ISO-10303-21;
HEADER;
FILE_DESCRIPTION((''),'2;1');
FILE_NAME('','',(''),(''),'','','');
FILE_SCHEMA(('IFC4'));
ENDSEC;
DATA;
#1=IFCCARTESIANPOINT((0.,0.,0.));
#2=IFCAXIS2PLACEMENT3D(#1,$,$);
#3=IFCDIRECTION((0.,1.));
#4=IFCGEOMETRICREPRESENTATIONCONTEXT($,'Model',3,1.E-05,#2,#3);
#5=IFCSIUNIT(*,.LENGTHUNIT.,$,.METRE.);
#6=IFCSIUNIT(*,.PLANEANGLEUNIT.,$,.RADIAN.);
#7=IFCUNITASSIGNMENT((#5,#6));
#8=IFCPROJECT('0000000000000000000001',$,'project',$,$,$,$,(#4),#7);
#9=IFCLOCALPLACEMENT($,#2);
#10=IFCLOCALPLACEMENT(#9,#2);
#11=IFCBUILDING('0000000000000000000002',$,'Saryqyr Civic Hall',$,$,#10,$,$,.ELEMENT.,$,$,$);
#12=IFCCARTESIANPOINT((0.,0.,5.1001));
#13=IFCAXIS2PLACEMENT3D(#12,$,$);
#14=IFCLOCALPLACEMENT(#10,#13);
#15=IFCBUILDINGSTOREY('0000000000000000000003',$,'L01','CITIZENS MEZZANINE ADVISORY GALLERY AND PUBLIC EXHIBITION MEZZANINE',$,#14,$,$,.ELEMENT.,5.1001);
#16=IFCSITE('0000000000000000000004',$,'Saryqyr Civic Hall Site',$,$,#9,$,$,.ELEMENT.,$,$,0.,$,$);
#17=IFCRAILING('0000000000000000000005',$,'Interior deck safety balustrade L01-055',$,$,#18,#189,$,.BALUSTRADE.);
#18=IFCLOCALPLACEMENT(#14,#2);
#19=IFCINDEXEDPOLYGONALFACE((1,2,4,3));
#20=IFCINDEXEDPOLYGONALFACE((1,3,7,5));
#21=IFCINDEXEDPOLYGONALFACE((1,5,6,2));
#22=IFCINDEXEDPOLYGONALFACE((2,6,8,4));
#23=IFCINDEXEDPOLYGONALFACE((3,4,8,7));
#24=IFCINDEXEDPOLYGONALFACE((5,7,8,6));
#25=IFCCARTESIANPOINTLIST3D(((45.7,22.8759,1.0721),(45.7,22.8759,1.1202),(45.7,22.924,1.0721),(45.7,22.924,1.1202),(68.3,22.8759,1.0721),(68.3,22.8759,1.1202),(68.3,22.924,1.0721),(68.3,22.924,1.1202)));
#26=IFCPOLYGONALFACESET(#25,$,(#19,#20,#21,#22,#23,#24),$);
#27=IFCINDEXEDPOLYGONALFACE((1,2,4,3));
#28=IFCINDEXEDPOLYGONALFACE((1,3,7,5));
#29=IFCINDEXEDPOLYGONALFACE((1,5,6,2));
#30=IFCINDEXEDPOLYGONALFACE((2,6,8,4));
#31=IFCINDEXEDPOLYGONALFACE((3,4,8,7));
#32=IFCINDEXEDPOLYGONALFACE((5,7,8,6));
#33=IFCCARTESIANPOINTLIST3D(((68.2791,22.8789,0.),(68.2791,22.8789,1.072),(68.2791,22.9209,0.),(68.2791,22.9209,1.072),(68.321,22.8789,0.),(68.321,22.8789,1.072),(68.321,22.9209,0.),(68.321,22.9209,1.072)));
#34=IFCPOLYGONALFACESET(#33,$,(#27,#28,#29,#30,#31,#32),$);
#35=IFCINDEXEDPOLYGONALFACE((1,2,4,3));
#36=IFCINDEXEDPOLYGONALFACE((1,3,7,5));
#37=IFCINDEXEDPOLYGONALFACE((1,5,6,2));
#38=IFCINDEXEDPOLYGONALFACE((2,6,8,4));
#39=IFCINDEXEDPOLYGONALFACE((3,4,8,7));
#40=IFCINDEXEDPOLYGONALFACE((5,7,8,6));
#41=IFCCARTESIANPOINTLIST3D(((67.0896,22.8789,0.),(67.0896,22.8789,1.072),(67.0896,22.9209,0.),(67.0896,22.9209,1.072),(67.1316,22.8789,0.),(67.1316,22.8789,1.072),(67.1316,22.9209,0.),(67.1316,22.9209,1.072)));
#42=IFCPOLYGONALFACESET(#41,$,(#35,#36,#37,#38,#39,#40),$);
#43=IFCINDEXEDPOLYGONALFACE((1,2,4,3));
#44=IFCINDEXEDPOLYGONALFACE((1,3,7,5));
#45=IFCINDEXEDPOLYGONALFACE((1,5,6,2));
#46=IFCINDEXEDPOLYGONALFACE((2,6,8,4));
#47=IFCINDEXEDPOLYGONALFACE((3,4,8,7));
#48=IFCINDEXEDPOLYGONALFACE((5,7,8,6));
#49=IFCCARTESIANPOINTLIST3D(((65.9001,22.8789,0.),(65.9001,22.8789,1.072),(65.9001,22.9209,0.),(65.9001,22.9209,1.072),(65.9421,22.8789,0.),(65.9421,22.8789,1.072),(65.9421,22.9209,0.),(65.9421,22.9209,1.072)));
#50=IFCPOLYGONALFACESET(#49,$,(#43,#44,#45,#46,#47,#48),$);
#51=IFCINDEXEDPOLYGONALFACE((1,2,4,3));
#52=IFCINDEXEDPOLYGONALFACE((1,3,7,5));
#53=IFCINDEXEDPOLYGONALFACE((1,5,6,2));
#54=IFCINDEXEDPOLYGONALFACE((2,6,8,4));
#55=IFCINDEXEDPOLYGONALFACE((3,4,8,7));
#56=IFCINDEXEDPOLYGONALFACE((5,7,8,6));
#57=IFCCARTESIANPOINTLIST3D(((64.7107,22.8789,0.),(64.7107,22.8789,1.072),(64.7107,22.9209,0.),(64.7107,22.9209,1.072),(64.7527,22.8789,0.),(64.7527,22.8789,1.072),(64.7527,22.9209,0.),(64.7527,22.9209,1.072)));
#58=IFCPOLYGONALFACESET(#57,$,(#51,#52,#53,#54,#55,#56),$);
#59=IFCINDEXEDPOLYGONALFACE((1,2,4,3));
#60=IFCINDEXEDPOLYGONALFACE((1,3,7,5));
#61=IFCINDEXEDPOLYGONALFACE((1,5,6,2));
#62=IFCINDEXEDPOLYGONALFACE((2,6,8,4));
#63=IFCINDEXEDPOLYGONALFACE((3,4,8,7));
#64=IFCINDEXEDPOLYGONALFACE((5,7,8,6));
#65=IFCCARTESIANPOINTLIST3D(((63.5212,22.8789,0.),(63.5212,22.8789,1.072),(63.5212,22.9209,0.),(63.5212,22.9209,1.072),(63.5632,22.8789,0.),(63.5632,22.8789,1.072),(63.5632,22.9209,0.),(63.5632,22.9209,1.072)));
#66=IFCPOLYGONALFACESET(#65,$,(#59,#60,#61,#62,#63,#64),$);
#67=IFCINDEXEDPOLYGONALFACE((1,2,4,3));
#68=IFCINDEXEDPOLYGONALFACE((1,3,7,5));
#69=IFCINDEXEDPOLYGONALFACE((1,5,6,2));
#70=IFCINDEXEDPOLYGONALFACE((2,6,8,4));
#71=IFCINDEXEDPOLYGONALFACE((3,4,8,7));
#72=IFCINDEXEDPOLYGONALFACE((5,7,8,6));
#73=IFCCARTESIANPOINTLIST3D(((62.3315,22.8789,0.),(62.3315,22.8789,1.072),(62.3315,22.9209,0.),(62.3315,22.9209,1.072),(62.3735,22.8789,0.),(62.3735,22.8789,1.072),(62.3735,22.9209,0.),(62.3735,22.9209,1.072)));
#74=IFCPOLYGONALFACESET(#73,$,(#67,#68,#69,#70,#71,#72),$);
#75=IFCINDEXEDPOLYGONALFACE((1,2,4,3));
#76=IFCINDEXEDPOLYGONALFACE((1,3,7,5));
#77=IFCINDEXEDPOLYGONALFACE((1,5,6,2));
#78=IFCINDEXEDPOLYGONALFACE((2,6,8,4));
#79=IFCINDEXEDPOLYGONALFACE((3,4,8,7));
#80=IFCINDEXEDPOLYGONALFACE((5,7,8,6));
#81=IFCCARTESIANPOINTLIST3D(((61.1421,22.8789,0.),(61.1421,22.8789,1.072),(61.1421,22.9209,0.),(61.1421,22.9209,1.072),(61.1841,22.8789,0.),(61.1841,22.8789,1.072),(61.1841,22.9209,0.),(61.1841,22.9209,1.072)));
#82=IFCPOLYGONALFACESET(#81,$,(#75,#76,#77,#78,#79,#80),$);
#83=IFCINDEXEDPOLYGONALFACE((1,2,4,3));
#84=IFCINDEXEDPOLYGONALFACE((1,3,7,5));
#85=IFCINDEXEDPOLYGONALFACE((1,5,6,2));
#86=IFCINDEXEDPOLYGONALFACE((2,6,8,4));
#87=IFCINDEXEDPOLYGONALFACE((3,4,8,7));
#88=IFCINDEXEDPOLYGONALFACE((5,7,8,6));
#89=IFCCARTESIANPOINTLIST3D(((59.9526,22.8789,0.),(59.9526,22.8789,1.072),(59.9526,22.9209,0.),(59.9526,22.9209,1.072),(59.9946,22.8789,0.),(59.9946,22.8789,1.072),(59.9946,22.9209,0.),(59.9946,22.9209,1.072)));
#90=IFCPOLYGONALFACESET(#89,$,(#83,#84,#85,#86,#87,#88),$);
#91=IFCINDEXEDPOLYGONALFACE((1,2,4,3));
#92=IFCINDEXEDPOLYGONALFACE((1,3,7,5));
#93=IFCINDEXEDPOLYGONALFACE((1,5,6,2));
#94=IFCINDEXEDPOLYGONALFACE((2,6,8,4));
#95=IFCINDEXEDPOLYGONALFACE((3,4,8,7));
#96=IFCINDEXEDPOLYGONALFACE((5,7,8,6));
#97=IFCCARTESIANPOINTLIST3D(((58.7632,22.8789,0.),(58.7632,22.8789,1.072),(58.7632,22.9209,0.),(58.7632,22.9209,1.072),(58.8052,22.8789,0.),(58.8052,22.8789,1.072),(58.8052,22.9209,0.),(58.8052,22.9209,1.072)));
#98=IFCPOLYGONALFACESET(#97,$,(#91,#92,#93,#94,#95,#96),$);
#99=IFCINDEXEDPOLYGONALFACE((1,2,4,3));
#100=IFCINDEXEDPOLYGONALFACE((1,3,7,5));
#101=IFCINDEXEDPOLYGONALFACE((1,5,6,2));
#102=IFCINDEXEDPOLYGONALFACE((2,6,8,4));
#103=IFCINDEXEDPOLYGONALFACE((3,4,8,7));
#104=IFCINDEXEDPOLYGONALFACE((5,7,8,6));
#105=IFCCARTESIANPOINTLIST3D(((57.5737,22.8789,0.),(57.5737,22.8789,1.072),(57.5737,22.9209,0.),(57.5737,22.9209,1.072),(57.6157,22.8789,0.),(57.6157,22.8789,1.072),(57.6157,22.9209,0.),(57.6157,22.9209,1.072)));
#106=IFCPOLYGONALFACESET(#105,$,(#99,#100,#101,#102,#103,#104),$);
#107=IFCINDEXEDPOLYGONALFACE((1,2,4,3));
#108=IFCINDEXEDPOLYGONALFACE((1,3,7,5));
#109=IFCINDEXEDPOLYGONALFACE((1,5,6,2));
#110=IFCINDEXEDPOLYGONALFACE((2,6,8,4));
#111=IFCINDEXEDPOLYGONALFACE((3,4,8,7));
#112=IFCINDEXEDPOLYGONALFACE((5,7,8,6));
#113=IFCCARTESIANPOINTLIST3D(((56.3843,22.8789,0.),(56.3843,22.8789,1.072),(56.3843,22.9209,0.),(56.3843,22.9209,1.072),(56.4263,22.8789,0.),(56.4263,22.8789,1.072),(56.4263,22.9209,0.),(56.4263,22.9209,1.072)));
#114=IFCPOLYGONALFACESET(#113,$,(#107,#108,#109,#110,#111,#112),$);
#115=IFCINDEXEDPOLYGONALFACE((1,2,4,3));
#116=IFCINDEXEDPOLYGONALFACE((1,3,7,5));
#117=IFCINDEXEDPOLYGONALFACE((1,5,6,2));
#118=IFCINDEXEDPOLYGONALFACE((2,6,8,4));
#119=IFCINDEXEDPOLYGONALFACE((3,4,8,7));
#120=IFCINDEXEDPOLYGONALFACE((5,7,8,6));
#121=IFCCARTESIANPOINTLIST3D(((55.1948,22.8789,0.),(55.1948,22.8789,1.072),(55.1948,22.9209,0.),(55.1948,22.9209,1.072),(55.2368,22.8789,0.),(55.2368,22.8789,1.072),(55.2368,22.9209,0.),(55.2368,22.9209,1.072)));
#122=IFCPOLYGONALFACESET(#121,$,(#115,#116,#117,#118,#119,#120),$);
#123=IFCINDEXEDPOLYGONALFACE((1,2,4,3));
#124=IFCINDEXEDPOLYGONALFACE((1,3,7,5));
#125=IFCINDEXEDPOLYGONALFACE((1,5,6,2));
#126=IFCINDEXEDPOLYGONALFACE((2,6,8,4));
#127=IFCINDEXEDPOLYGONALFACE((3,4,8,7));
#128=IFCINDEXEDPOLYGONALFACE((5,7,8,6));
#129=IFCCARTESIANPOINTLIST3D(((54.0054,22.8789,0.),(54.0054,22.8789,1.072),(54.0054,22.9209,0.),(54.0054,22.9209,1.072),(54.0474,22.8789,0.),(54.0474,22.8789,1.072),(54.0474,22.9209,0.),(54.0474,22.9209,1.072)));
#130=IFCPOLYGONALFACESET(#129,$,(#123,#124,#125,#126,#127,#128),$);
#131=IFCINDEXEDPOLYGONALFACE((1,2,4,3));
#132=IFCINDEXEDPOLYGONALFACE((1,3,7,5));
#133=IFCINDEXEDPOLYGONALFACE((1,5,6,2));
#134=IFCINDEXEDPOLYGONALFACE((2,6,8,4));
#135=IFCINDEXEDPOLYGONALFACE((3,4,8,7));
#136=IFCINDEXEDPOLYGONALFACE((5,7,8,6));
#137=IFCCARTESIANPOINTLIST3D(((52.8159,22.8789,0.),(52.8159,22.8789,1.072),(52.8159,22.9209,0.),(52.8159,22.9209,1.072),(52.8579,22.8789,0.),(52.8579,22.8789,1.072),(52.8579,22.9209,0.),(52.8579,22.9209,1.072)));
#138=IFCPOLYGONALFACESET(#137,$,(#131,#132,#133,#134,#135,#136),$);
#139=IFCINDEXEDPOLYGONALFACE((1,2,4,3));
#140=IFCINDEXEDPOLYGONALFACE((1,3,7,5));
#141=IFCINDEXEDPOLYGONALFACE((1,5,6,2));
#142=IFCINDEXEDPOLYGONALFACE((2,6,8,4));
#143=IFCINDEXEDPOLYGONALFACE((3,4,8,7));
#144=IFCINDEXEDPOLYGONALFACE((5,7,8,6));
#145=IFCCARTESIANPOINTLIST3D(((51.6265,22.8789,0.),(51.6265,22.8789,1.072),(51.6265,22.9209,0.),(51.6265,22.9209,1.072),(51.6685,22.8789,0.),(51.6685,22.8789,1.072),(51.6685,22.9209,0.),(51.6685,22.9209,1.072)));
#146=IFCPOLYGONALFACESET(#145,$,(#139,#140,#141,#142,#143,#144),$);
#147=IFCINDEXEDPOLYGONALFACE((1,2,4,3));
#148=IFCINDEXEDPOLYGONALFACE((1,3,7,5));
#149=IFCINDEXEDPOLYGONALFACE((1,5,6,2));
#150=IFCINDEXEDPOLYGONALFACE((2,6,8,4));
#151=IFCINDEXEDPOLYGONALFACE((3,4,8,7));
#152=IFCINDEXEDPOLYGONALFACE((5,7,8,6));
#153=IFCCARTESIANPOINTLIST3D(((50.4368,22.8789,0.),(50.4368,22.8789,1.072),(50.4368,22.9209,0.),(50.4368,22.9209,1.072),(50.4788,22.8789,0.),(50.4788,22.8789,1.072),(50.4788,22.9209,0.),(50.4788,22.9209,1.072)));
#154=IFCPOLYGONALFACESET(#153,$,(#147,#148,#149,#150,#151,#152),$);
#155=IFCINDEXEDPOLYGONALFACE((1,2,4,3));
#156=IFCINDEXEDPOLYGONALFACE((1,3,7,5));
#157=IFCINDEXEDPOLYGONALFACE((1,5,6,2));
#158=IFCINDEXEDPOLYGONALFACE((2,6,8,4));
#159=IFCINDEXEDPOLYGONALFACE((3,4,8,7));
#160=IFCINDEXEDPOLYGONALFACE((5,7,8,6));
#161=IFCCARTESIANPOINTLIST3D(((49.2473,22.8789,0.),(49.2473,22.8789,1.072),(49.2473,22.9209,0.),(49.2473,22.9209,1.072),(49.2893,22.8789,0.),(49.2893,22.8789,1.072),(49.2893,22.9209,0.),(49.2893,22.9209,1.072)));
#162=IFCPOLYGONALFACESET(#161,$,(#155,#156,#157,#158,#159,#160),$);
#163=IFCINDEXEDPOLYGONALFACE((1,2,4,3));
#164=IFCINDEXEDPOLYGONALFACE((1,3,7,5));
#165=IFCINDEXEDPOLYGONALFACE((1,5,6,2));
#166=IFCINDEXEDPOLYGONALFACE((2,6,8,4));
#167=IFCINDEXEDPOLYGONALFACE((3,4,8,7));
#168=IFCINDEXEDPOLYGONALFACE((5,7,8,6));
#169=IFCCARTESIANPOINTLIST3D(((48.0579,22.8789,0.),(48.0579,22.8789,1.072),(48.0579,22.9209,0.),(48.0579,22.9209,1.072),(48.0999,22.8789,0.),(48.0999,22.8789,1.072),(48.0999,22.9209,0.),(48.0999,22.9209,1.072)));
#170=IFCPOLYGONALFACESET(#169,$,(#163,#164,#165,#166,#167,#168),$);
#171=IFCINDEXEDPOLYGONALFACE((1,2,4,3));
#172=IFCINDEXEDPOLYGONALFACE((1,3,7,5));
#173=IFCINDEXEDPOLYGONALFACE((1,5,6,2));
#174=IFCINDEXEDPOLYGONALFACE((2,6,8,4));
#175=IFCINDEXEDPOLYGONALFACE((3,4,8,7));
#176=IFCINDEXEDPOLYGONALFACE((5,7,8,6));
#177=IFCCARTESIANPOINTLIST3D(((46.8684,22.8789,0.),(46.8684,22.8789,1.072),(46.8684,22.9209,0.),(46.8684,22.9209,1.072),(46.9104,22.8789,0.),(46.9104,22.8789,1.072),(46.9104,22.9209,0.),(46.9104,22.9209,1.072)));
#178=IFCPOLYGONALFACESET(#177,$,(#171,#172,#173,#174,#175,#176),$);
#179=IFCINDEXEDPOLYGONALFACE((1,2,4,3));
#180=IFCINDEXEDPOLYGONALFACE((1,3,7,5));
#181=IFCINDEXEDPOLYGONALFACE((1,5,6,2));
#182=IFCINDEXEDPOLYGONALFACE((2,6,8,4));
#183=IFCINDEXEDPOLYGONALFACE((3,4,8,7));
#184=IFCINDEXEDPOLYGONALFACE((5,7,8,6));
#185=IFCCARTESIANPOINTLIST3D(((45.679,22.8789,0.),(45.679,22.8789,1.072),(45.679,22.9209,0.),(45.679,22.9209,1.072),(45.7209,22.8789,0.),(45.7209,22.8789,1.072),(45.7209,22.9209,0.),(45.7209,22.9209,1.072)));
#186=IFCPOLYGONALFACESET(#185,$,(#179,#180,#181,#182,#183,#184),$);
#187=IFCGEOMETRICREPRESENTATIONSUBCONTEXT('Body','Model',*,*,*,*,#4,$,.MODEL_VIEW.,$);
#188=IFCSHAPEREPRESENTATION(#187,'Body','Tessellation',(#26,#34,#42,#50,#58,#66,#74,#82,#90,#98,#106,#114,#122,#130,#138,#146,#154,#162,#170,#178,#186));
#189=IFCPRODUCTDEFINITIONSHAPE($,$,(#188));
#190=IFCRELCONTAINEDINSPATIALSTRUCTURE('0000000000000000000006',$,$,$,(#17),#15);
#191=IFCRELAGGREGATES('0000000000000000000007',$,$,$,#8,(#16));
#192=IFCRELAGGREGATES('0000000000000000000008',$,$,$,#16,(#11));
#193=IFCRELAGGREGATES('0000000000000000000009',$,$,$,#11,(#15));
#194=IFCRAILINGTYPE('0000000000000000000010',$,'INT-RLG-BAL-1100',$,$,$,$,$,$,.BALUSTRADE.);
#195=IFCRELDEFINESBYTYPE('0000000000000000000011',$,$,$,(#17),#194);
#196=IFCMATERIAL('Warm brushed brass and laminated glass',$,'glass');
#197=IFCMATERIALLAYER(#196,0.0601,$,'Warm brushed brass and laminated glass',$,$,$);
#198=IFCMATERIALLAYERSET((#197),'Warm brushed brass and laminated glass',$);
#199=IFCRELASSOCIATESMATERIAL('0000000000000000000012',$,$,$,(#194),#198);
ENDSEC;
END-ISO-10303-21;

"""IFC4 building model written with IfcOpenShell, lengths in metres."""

from ifc_helpers import new_model, si_unit, direction, frame, origin, origin_2d, place, context, subcontext, project, spatial, rectangle, extrude, material, layer, layer_set, type_object, element, save


model = new_model("IFC4")

# Units and contexts
model_context = context("Model", 3, precision=1e-05, world=origin(), true_north=direction((0.0, 1.0)))
body_context = subcontext(model_context, "Body", "Model", "MODEL_VIEW")
ifc_project = project(units=[si_unit("LENGTHUNIT", "METRE"), si_unit("PLANEANGLEUNIT", "RADIAN")], contexts=[model_context])

# Site, building, storey
site_placement = place(None, origin())
site = spatial("IfcSite", under=ifc_project, at=site_placement, Name="Saryqyr Civic Hall Site", CompositionType="ELEMENT", RefElevation=0.0)
building_placement = place(site_placement, origin())
building = spatial("IfcBuilding", under=site, at=building_placement, Name="Saryqyr Civic Hall", CompositionType="ELEMENT")
storey_placement = place(building_placement, frame((0.0, 0.0, 5.1001)))
storey = spatial("IfcBuildingStorey", under=building, at=storey_placement, Name="L01", Description="CITIZENS MEZZANINE ADVISORY GALLERY AND PUBLIC EXHIBITION MEZZANINE", CompositionType="ELEMENT", Elevation=5.1001)

# Railing
ifc_material_1 = material(Name="Warm brushed brass and laminated glass", Category="glass")
ifc_layer_1 = layer(ifc_material_1, 0.0601, Name="Warm brushed brass and laminated glass")
ifc_layer_set_1 = layer_set([ifc_layer_1], Name="Warm brushed brass and laminated glass")
railing_type = type_object("IfcRailingType", Name="INT-RLG-BAL-1100", PredefinedType="BALUSTRADE", material=ifc_layer_set_1)
railing_1_placement = place(storey_placement, frame((68.3, 22.8999, 0.0)))
element("IfcRailing", 1, at=railing_1_placement, inside=storey, type_object=railing_type, Name="Interior deck safety balustrade L01-055", PredefinedType="BALUSTRADE", context=body_context, shape_type="SweptSolid", body=[
    extrude(rectangle(XDim=0.0481, YDim=0.0481, at=origin_2d()), frame((0.0, 0.0, 1.0962), z_axis=(-1.0, 0.0, 0.0), x_axis=(0.0, -1.0, 0.0)), (0.0, 0.0, 1.0), 22.6001),
    extrude(rectangle(XDim=0.042, YDim=0.042, at=origin_2d()), origin(), (0.0, 0.0, 1.0), 1.072),
    extrude(rectangle(XDim=0.042, YDim=0.042, at=origin_2d()), frame((-1.1895, 0.0, 0.0)), (0.0, 0.0, 1.0), 1.072),
    extrude(rectangle(XDim=0.042, YDim=0.042, at=origin_2d()), frame((-2.3789, 0.0, 0.0)), (0.0, 0.0, 1.0), 1.072),
    extrude(rectangle(XDim=0.042, YDim=0.042, at=origin_2d()), frame((-3.5684, 0.0, 0.0)), (0.0, 0.0, 1.0), 1.072),
    extrude(rectangle(XDim=0.042, YDim=0.042, at=origin_2d()), frame((-4.7578, 0.0, 0.0)), (0.0, 0.0, 1.0), 1.072),
    extrude(rectangle(XDim=0.042, YDim=0.042, at=origin_2d()), frame((-5.9475, 0.0, 0.0)), (0.0, 0.0, 1.0), 1.072),
    extrude(rectangle(XDim=0.042, YDim=0.042, at=origin_2d()), frame((-7.137, 0.0, 0.0)), (0.0, 0.0, 1.0), 1.072),
    extrude(rectangle(XDim=0.042, YDim=0.042, at=origin_2d()), frame((-8.3264, 0.0, 0.0)), (0.0, 0.0, 1.0), 1.072),
    extrude(rectangle(XDim=0.042, YDim=0.042, at=origin_2d()), frame((-9.5159, 0.0, 0.0)), (0.0, 0.0, 1.0), 1.072),
    extrude(rectangle(XDim=0.042, YDim=0.042, at=origin_2d()), frame((-10.7053, 0.0, 0.0)), (0.0, 0.0, 1.0), 1.072),
    extrude(rectangle(XDim=0.042, YDim=0.042, at=origin_2d()), frame((-11.8948, 0.0, 0.0)), (0.0, 0.0, 1.0), 1.072),
    extrude(rectangle(XDim=0.042, YDim=0.042, at=origin_2d()), frame((-13.0842, 0.0, 0.0)), (0.0, 0.0, 1.0), 1.072),
    extrude(rectangle(XDim=0.042, YDim=0.042, at=origin_2d()), frame((-14.2737, 0.0, 0.0)), (0.0, 0.0, 1.0), 1.072),
    extrude(rectangle(XDim=0.042, YDim=0.042, at=origin_2d()), frame((-15.4631, 0.0, 0.0)), (0.0, 0.0, 1.0), 1.072),
    extrude(rectangle(XDim=0.042, YDim=0.042, at=origin_2d()), frame((-16.6526, 0.0, 0.0)), (0.0, 0.0, 1.0), 1.072),
    extrude(rectangle(XDim=0.042, YDim=0.042, at=origin_2d()), frame((-17.8423, 0.0, 0.0)), (0.0, 0.0, 1.0), 1.072),
    extrude(rectangle(XDim=0.042, YDim=0.042, at=origin_2d()), frame((-19.0317, 0.0, 0.0)), (0.0, 0.0, 1.0), 1.072),
    extrude(rectangle(XDim=0.042, YDim=0.042, at=origin_2d()), frame((-20.2212, 0.0, 0.0)), (0.0, 0.0, 1.0), 1.072),
    extrude(rectangle(XDim=0.042, YDim=0.042, at=origin_2d()), frame((-21.4106, 0.0, 0.0)), (0.0, 0.0, 1.0), 1.072),
    extrude(rectangle(XDim=0.042, YDim=0.042, at=origin_2d()), frame((-22.6001, 0.0, 0.0)), (0.0, 0.0, 1.0), 1.072),
])

save(model, "model.ifc")
